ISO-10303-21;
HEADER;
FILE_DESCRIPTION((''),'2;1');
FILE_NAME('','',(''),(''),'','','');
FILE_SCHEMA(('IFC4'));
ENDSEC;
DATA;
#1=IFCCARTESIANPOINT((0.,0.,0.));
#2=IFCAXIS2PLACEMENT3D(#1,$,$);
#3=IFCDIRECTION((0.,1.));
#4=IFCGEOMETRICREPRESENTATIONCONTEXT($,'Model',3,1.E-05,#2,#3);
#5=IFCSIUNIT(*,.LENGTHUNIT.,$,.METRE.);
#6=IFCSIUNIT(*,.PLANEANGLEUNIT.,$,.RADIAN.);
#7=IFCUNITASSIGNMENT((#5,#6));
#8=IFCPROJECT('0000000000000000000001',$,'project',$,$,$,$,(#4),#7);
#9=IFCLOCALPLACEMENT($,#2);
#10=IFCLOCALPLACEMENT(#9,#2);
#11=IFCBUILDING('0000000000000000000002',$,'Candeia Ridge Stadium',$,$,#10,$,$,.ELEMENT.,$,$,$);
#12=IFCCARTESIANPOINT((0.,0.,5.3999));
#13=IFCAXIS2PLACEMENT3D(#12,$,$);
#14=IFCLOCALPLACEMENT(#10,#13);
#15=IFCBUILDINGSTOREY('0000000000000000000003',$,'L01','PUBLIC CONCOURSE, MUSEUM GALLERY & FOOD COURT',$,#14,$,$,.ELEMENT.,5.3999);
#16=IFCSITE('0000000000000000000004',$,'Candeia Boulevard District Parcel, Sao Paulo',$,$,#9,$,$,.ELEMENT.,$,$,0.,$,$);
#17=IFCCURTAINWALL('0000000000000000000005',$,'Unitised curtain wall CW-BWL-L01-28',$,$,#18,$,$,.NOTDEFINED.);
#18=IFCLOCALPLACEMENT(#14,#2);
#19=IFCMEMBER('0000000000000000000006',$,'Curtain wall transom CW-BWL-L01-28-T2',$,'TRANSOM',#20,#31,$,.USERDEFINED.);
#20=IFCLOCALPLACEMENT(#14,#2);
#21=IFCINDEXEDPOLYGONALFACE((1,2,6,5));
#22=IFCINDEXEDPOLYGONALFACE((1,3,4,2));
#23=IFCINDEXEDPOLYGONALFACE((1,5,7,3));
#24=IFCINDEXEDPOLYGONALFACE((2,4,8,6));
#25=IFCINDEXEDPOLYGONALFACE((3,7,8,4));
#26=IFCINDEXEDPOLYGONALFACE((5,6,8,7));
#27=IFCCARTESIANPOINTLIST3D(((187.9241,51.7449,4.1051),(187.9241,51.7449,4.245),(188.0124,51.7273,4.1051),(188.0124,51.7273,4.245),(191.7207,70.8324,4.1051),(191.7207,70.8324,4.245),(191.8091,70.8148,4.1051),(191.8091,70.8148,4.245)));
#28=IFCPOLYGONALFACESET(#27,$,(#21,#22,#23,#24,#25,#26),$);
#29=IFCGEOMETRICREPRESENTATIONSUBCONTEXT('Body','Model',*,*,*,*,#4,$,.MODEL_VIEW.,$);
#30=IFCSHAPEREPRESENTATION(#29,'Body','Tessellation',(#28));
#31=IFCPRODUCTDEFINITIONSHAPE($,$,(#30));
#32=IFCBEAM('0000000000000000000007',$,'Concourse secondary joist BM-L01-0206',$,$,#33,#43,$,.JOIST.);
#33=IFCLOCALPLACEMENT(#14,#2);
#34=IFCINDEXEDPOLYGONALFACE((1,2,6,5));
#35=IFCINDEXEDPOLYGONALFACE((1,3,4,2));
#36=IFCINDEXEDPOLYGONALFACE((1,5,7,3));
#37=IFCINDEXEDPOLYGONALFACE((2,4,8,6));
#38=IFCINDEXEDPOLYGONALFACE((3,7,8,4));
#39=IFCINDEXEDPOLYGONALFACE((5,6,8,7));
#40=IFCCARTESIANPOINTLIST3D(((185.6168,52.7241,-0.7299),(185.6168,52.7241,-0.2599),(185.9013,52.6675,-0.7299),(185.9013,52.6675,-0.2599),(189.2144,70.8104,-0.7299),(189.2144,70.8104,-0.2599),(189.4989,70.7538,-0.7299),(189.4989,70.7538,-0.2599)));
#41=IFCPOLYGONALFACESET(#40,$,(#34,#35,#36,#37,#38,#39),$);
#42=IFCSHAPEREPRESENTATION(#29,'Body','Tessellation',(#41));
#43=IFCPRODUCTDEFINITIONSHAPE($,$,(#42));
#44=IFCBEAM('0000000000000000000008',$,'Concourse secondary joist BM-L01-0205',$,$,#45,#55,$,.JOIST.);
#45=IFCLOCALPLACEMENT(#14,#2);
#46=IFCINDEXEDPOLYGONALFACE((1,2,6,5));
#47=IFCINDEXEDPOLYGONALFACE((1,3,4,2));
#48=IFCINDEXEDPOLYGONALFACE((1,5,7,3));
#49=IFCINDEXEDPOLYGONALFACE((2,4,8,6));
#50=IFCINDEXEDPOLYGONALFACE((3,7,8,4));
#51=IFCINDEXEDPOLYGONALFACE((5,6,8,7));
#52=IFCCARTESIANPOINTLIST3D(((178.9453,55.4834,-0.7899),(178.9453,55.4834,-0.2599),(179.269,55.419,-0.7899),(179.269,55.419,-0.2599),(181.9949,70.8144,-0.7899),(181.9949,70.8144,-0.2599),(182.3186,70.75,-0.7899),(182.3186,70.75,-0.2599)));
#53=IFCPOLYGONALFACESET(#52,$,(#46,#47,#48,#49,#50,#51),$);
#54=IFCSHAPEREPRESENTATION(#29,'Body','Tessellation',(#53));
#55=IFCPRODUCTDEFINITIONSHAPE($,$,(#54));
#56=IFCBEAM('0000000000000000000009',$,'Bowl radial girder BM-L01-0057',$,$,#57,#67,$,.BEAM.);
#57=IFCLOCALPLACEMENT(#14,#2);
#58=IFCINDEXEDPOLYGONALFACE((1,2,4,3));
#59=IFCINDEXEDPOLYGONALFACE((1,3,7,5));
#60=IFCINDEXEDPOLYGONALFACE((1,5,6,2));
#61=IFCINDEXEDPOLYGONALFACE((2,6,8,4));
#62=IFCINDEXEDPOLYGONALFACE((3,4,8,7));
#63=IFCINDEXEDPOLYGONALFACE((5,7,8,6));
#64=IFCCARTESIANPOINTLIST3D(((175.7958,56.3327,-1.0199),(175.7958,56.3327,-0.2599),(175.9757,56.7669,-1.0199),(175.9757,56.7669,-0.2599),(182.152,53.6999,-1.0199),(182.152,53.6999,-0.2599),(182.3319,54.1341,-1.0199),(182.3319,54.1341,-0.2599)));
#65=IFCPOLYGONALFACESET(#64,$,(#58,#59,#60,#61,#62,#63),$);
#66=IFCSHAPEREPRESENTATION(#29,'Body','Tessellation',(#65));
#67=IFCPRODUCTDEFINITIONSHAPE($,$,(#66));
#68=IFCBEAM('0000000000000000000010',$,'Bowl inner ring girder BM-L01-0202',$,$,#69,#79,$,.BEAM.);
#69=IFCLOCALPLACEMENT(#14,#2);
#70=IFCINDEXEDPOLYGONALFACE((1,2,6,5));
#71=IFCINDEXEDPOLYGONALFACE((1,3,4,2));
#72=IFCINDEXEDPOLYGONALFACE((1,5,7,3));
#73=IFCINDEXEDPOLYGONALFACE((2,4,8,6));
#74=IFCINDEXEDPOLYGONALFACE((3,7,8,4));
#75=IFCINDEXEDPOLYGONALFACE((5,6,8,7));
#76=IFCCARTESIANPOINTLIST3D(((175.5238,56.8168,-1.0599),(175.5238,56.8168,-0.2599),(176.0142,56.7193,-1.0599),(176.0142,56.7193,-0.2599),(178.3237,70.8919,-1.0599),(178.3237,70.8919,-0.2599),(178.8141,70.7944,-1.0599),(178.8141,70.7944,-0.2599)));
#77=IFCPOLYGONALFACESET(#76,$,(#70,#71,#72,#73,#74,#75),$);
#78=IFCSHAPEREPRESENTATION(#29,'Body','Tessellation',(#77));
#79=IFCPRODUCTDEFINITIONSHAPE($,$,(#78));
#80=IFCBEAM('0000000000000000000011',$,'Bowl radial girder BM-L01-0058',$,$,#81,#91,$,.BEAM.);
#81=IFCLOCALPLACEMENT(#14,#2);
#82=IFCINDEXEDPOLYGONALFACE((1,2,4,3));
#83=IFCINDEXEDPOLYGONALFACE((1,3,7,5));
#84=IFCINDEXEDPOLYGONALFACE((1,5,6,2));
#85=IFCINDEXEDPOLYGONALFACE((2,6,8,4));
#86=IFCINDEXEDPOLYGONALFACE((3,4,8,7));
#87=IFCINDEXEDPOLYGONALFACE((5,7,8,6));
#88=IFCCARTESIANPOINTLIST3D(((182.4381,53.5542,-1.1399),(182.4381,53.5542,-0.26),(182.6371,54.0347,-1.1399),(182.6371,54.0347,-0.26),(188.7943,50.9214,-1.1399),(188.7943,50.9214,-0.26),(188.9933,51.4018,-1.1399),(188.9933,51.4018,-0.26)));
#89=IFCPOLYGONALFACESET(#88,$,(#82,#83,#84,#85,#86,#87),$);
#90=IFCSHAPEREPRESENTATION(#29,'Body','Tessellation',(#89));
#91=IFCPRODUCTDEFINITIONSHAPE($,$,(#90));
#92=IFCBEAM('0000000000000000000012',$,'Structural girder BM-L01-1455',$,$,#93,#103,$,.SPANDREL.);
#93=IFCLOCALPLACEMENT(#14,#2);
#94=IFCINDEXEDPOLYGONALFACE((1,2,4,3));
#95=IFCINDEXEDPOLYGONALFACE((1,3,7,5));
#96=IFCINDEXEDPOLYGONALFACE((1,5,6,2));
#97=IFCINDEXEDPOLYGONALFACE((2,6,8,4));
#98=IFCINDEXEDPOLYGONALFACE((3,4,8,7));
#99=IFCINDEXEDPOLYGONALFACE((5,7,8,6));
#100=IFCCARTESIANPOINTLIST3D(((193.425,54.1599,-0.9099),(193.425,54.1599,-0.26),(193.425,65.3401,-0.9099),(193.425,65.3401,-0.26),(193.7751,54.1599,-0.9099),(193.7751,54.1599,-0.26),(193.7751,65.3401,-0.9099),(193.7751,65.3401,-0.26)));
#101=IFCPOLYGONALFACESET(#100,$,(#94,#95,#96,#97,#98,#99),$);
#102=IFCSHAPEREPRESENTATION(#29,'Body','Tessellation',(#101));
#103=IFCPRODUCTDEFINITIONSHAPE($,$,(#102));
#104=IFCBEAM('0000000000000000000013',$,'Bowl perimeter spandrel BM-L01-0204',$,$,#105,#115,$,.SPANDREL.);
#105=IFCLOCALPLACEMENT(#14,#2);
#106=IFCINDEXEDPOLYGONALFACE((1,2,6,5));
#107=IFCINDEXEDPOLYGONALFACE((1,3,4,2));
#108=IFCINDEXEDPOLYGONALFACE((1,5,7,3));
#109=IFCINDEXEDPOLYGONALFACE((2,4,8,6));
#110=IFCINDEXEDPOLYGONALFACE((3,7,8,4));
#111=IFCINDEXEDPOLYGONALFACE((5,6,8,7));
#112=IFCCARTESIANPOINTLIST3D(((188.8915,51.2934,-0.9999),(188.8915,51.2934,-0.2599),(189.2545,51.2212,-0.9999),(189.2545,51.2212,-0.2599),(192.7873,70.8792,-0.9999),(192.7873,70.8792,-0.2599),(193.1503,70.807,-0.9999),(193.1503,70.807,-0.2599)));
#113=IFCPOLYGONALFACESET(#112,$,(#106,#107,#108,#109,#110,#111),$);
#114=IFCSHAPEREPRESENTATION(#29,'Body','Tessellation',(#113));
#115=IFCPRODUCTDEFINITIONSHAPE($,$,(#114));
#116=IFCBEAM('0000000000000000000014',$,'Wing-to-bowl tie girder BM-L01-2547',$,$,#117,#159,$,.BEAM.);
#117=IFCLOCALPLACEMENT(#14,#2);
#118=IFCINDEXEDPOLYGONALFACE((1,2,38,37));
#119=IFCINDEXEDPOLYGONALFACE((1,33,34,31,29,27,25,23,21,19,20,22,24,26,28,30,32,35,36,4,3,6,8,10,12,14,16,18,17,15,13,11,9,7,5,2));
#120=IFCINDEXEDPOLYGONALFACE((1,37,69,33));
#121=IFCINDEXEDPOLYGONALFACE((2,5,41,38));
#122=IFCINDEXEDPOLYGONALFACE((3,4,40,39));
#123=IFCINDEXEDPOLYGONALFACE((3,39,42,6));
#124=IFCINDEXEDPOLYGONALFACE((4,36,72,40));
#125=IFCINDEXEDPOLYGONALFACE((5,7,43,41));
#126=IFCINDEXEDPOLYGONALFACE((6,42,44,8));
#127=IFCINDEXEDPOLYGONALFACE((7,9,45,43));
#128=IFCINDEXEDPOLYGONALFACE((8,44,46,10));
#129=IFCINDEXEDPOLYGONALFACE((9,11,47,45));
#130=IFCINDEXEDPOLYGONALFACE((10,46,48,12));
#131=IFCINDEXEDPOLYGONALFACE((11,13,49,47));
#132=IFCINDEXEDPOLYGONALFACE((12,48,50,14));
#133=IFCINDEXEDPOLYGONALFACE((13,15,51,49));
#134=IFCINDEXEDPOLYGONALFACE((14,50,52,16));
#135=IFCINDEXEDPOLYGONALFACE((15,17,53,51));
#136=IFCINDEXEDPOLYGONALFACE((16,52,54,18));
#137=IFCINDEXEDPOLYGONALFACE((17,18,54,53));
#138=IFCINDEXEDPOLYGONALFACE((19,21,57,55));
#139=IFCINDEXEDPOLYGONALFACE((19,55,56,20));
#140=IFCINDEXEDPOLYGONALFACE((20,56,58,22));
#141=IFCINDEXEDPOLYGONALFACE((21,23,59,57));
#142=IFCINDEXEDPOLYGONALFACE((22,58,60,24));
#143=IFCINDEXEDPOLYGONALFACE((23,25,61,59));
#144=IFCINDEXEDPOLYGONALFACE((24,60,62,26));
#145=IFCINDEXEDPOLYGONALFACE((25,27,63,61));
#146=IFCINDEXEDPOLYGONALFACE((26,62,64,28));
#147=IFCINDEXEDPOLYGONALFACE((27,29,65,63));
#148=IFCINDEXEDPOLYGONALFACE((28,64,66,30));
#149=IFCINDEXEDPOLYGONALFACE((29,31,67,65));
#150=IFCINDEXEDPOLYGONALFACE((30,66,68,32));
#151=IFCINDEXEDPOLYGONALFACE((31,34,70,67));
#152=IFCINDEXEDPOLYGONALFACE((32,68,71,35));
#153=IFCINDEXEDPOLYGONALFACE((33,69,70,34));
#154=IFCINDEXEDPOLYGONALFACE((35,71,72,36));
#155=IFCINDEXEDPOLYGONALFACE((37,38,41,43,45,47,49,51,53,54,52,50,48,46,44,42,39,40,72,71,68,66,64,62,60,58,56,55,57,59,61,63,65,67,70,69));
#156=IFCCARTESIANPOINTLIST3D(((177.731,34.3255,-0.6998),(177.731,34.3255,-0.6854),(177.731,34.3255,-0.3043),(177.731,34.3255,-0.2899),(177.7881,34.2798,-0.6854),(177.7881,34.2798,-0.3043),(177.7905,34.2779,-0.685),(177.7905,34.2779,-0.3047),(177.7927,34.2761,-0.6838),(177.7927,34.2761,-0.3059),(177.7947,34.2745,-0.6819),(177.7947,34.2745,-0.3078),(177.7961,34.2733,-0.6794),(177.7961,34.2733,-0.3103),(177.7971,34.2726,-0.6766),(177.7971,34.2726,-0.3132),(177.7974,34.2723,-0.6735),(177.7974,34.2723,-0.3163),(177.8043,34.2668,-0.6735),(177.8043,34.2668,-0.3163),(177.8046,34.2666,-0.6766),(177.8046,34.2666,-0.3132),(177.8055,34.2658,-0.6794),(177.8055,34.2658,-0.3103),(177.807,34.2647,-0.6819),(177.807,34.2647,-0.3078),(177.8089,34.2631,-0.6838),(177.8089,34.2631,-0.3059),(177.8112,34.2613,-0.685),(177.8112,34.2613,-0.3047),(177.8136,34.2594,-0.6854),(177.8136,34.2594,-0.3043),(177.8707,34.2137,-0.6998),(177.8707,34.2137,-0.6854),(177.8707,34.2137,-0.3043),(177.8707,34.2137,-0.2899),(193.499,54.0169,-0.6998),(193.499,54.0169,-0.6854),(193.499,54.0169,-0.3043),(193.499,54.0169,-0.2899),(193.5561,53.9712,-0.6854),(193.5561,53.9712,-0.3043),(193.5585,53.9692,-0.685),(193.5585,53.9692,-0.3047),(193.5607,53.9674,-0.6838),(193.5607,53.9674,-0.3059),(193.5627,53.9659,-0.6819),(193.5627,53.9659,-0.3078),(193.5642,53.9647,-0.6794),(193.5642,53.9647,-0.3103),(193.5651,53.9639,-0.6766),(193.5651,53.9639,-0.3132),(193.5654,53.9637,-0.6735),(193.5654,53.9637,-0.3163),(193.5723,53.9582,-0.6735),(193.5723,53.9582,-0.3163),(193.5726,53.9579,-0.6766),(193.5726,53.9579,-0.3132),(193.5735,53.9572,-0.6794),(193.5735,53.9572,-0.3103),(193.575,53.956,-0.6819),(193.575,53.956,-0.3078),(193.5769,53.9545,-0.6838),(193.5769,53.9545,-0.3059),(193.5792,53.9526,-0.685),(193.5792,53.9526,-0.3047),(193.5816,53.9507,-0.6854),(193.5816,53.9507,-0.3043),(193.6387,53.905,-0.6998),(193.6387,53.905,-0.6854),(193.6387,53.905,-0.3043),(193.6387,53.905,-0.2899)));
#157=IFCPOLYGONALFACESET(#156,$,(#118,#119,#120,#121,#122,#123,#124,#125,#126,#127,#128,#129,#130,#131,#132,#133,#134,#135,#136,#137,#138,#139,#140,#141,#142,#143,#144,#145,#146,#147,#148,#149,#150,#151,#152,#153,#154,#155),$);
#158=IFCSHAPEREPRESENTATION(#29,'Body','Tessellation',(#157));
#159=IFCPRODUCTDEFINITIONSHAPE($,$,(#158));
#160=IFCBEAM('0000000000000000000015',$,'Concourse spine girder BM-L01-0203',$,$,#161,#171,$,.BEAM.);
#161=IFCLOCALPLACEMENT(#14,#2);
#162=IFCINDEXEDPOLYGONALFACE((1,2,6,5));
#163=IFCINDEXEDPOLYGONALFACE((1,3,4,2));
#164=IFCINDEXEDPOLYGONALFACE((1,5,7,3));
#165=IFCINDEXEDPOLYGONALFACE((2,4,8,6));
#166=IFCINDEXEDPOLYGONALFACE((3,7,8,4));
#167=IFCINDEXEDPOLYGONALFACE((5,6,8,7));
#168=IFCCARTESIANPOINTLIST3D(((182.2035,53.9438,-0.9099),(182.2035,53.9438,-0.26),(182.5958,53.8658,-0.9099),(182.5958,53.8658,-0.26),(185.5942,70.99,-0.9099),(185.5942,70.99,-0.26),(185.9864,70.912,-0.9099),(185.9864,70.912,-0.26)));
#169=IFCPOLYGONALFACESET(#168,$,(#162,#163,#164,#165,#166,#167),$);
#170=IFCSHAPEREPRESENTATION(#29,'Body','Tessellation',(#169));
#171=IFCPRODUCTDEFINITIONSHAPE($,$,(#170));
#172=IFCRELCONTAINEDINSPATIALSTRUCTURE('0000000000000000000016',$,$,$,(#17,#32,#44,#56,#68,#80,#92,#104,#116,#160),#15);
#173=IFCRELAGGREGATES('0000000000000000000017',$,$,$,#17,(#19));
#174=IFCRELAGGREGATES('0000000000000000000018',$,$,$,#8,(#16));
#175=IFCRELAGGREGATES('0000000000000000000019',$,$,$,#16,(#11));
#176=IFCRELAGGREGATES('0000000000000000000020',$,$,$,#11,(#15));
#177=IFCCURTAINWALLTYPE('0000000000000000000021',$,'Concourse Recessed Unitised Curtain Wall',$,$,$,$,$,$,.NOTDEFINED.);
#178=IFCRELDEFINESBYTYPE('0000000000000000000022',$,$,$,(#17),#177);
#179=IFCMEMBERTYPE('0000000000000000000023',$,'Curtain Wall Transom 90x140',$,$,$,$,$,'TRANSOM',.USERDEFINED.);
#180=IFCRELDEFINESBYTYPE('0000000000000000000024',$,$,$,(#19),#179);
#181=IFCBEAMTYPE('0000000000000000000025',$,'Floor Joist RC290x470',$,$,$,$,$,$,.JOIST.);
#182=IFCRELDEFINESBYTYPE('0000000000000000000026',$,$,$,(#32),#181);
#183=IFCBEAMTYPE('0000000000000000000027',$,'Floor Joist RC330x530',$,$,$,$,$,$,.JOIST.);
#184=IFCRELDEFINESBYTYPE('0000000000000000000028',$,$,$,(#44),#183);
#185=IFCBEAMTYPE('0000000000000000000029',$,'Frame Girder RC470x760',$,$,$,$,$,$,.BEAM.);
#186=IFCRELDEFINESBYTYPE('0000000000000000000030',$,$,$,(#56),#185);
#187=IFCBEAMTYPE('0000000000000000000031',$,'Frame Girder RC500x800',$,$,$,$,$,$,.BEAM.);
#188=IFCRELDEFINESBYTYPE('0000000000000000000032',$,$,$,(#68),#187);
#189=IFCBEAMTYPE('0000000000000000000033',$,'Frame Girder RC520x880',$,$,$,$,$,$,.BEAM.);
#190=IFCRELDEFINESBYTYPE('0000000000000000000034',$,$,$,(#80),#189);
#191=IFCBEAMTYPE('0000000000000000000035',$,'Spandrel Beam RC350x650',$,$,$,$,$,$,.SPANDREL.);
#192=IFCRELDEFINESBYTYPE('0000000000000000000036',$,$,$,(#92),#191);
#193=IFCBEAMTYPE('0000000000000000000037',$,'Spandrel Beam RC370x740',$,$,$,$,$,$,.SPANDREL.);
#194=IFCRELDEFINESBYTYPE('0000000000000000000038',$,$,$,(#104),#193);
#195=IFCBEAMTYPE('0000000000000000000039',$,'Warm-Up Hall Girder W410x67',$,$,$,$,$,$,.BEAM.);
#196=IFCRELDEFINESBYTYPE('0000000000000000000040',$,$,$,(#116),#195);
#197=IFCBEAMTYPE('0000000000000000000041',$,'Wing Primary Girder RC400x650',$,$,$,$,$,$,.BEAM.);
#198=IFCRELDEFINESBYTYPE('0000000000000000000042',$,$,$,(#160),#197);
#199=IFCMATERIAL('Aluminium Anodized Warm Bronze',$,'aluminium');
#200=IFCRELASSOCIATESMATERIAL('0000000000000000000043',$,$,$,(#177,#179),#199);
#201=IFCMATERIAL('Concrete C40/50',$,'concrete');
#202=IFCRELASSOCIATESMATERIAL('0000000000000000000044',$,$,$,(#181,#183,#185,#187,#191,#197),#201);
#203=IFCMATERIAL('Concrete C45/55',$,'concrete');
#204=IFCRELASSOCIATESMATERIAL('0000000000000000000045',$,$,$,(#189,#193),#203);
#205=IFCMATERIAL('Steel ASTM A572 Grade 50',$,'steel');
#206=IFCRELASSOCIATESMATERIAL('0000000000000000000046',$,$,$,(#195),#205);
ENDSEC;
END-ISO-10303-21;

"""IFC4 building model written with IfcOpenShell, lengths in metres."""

from ifc_helpers import new_model, si_unit, direction, frame, origin, origin_2d, place, context, subcontext, project, spatial, rectangle, i_section, extrude, material, material_profile, profile_set, type_object, element, aggregate, save


model = new_model("IFC4")

# Units and contexts
model_context = context("Model", 3, precision=1e-05, world=origin(), true_north=direction((0.0, 1.0)))
body_context = subcontext(model_context, "Body", "Model", "MODEL_VIEW")
ifc_project = project(units=[si_unit("LENGTHUNIT", "METRE"), si_unit("PLANEANGLEUNIT", "RADIAN")], contexts=[model_context])

# Site, building, storey
site_placement = place(None, origin())
site = spatial("IfcSite", under=ifc_project, at=site_placement, Name="Candeia Boulevard District Parcel, Sao Paulo", CompositionType="ELEMENT", RefElevation=0.0)
building_placement = place(site_placement, origin())
building = spatial("IfcBuilding", under=site, at=building_placement, Name="Candeia Ridge Stadium", CompositionType="ELEMENT")
storey_placement = place(building_placement, frame((0.0, 0.0, 5.3999)))
storey = spatial("IfcBuildingStorey", under=building, at=storey_placement, Name="L01", Description="PUBLIC CONCOURSE, MUSEUM GALLERY & FOOD COURT", CompositionType="ELEMENT", Elevation=5.3999)

# Shared definitions
ifc_material_1 = material(Name="Concrete C45/55", Category="concrete")
ifc_material_2 = material(Name="Concrete C40/50", Category="concrete")

# Curtain wall, member
ifc_material_3 = material(Name="Aluminium Anodized Warm Bronze", Category="aluminium")
curtain_wall_type = type_object("IfcCurtainWallType", Name="Concourse Recessed Unitised Curtain Wall", PredefinedType="NOTDEFINED", material=ifc_material_3)
curtain_wall_placement = place(storey_placement, origin())
curtain_wall = element("IfcCurtainWall", 1, at=curtain_wall_placement, inside=storey, type_object=curtain_wall_type, Name="Unitised curtain wall CW-BWL-L01-28", PredefinedType="NOTDEFINED")
ifc_material_profile_1 = material_profile(ifc_material_3, rectangle(XDim=0.0901, YDim=0.1399, at=origin_2d()), Name="CWT-90x140", Category="aluminium")
ifc_profile_set_1 = profile_set([ifc_material_profile_1], Name="Aluminium Anodized Warm Bronze")
member_type_1 = type_object("IfcMemberType", Name="Curtain Wall Transom 90x140", ElementType="TRANSOM", PredefinedType="USERDEFINED", material=ifc_profile_set_1)
member_1_placement = place(storey_placement, frame((187.9683, 51.7361, 4.175), z_axis=(0.195086, 0.980786, 0.0), x_axis=(-0.980786, 0.195086, 0.0)))
member_1 = element("IfcMember", 2, at=member_1_placement, type_object=member_type_1, Name="Curtain wall transom CW-BWL-L01-28-T2", ObjectType="TRANSOM", PredefinedType="USERDEFINED", context=body_context, shape_type="SweptSolid", body=[
    extrude(rectangle(XDim=0.0901, YDim=0.1399, at=origin_2d()), origin(), (0.0, 0.0, 1.0), 19.4614),
])

# Beams
ifc_material_profile_2 = material_profile(ifc_material_2, rectangle(XDim=0.29, YDim=0.47, at=origin_2d()), Name="RC290x470", Category="concrete")
ifc_profile_set_2 = profile_set([ifc_material_profile_2], Name="Concrete C40/50")
beam_type_1 = type_object("IfcBeamType", Name="Floor Joist RC290x470", PredefinedType="JOIST", material=ifc_profile_set_2)
beam_1_placement = place(storey_placement, frame((185.759, 52.6958, -0.4949), z_axis=(0.195093, 0.980785, 0.0), x_axis=(-0.980785, 0.195093, 0.0)))
element("IfcBeam", 3, at=beam_1_placement, inside=storey, type_object=beam_type_1, Name="Concourse secondary joist BM-L01-0206", PredefinedType="JOIST", context=body_context, shape_type="SweptSolid", body=[
    extrude(rectangle(XDim=0.29, YDim=0.47, at=origin_2d()), origin(), (0.0, 0.0, 1.0), 18.4407),
])
ifc_material_profile_3 = material_profile(ifc_material_2, rectangle(XDim=0.3301, YDim=0.53, at=origin_2d()), Name="RC330x530", Category="concrete")
ifc_profile_set_3 = profile_set([ifc_material_profile_3], Name="Concrete C40/50")
beam_type_2 = type_object("IfcBeamType", Name="Floor Joist RC330x530", PredefinedType="JOIST", material=ifc_profile_set_3)
beam_2_placement = place(storey_placement, frame((179.1072, 55.4512, -0.5249), z_axis=(0.195092, 0.980785, 0.0), x_axis=(-0.980785, 0.195092, 0.0)))
element("IfcBeam", 4, at=beam_2_placement, inside=storey, type_object=beam_type_2, Name="Concourse secondary joist BM-L01-0205", PredefinedType="JOIST", context=body_context, shape_type="SweptSolid", body=[
    extrude(rectangle(XDim=0.3301, YDim=0.53, at=origin_2d()), origin(), (0.0, 0.0, 1.0), 15.6313),
])
ifc_material_profile_4 = material_profile(ifc_material_2, rectangle(XDim=0.47, YDim=0.76, at=origin_2d()), Name="RC470x760", Category="concrete")
ifc_profile_set_4 = profile_set([ifc_material_profile_4], Name="Concrete C40/50")
beam_type_3 = type_object("IfcBeamType", Name="Frame Girder RC470x760", PredefinedType="BEAM", material=ifc_profile_set_4)
beam_3_placement = place(storey_placement, frame((175.8857, 56.5498, -0.6399), z_axis=(0.92388, -0.382682, 0.0), x_axis=(0.382682, 0.92388, 0.0)))
element("IfcBeam", 5, at=beam_3_placement, inside=storey, type_object=beam_type_3, Name="Bowl radial girder BM-L01-0057", PredefinedType="BEAM", context=body_context, shape_type="SweptSolid", body=[
    extrude(rectangle(XDim=0.47, YDim=0.76, at=origin_2d()), origin(), (0.0, 0.0, 1.0), 6.8799),
])
ifc_material_profile_5 = material_profile(ifc_material_2, rectangle(XDim=0.5, YDim=0.8, at=origin_2d()), Name="RC500x800", Category="concrete")
ifc_profile_set_5 = profile_set([ifc_material_profile_5], Name="Concrete C40/50")
beam_type_4 = type_object("IfcBeamType", Name="Frame Girder RC500x800", PredefinedType="BEAM", material=ifc_profile_set_5)
beam_4_placement = place(storey_placement, frame((175.769, 56.7681, -0.6599), z_axis=(0.195099, 0.980784, 0.0), x_axis=(-0.980784, 0.195099, 0.0)))
element("IfcBeam", 6, at=beam_4_placement, inside=storey, type_object=beam_type_4, Name="Bowl inner ring girder BM-L01-0202", PredefinedType="BEAM", context=body_context, shape_type="SweptSolid", body=[
    extrude(rectangle(XDim=0.5, YDim=0.8, at=origin_2d()), origin(), (0.0, 0.0, 1.0), 14.3508),
])
ifc_material_profile_6 = material_profile(ifc_material_1, rectangle(XDim=0.52, YDim=0.8799, at=origin_2d()), Name="RC520x880", Category="concrete")
ifc_profile_set_6 = profile_set([ifc_material_profile_6], Name="Concrete C45/55")
beam_type_5 = type_object("IfcBeamType", Name="Frame Girder RC520x880", PredefinedType="BEAM", material=ifc_profile_set_6)
beam_5_placement = place(storey_placement, frame((182.5376, 53.7944, -0.7), z_axis=(0.92388, -0.382682, 0.0), x_axis=(0.382682, 0.92388, 0.0)))
element("IfcBeam", 7, at=beam_5_placement, inside=storey, type_object=beam_type_5, Name="Bowl radial girder BM-L01-0058", PredefinedType="BEAM", context=body_context, shape_type="SweptSolid", body=[
    extrude(rectangle(XDim=0.52, YDim=0.8799, at=origin_2d()), origin(), (0.0, 0.0, 1.0), 6.8799),
])
ifc_material_profile_7 = material_profile(ifc_material_2, rectangle(XDim=0.3501, YDim=0.6499, at=origin_2d()), Name="RC350x650", Category="concrete")
ifc_profile_set_7 = profile_set([ifc_material_profile_7], Name="Concrete C40/50")
beam_type_6 = type_object("IfcBeamType", Name="Spandrel Beam RC350x650", PredefinedType="SPANDREL", material=ifc_profile_set_7)
beam_6_placement = place(storey_placement, frame((193.6001, 54.1599, -0.585), z_axis=(0.0, 1.0, 0.0), x_axis=(-1.0, 0.0, 0.0)))
element("IfcBeam", 8, at=beam_6_placement, inside=storey, type_object=beam_type_6, Name="Structural girder BM-L01-1455", PredefinedType="SPANDREL", context=body_context, shape_type="SweptSolid", body=[
    extrude(rectangle(XDim=0.3501, YDim=0.6499, at=origin_2d()), origin(), (0.0, 0.0, 1.0), 11.1802),
])
ifc_material_profile_8 = material_profile(ifc_material_1, rectangle(XDim=0.3701, YDim=0.74, at=origin_2d()), Name="RC370x740", Category="concrete")
ifc_profile_set_8 = profile_set([ifc_material_profile_8], Name="Concrete C45/55")
beam_type_7 = type_object("IfcBeamType", Name="Spandrel Beam RC370x740", PredefinedType="SPANDREL", material=ifc_profile_set_8)
beam_7_placement = place(storey_placement, frame((189.073, 51.2573, -0.6299), z_axis=(0.195086, 0.980786, 0.0), x_axis=(-0.980786, 0.195086, 0.0)))
element("IfcBeam", 9, at=beam_7_placement, inside=storey, type_object=beam_type_7, Name="Bowl perimeter spandrel BM-L01-0204", PredefinedType="SPANDREL", context=body_context, shape_type="SweptSolid", body=[
    extrude(rectangle(XDim=0.3701, YDim=0.74, at=origin_2d()), origin(), (0.0, 0.0, 1.0), 19.9695),
])
ifc_material_4 = material(Name="Steel ASTM A572 Grade 50", Category="steel")
ifc_material_profile_9 = material_profile(ifc_material_4, i_section(OverallWidth=0.179, OverallDepth=0.4099, WebThickness=0.0088, FlangeThickness=0.0144, FilletRadius=0.012, at=origin_2d()), Name="W410x67", Category="steel")
ifc_profile_set_9 = profile_set([ifc_material_profile_9], Name="Steel ASTM A572 Grade 50")
beam_type_8 = type_object("IfcBeamType", Name="Warm-Up Hall Girder W410x67", PredefinedType="BEAM", material=ifc_profile_set_9)
beam_8_placement = place(storey_placement, frame((193.5688, 53.9609, -0.4949), z_axis=(-0.625056, -0.78058, 0.0), x_axis=(0.78058, -0.625056, 0.0)))
element("IfcBeam", 10, at=beam_8_placement, inside=storey, type_object=beam_type_8, Name="Wing-to-bowl tie girder BM-L01-2547", PredefinedType="BEAM", context=body_context, shape_type="SweptSolid", body=[
    extrude(i_section(OverallWidth=0.179, OverallDepth=0.4099, WebThickness=0.0088, FlangeThickness=0.0144, FilletRadius=0.012, at=origin_2d()), origin(), (0.0, 0.0, 1.0), 25.2266),
])
ifc_material_profile_10 = material_profile(ifc_material_2, rectangle(XDim=0.3999, YDim=0.6499, at=origin_2d()), Name="RC400x650", Category="concrete")
ifc_profile_set_10 = profile_set([ifc_material_profile_10], Name="Concrete C40/50")
beam_type_9 = type_object("IfcBeamType", Name="Wing Primary Girder RC400x650", PredefinedType="BEAM", material=ifc_profile_set_10)
beam_9_placement = place(storey_placement, frame((182.3997, 53.9048, -0.585), z_axis=(0.195087, 0.980786, 0.0), x_axis=(-0.980786, 0.195087, 0.0)))
element("IfcBeam", 11, at=beam_9_placement, inside=storey, type_object=beam_type_9, Name="Concourse spine girder BM-L01-0203", PredefinedType="BEAM", context=body_context, shape_type="SweptSolid", body=[
    extrude(rectangle(XDim=0.3999, YDim=0.6499, at=origin_2d()), origin(), (0.0, 0.0, 1.0), 17.3801),
])

aggregate(curtain_wall, [member_1])

save(model, "model.ifc")
